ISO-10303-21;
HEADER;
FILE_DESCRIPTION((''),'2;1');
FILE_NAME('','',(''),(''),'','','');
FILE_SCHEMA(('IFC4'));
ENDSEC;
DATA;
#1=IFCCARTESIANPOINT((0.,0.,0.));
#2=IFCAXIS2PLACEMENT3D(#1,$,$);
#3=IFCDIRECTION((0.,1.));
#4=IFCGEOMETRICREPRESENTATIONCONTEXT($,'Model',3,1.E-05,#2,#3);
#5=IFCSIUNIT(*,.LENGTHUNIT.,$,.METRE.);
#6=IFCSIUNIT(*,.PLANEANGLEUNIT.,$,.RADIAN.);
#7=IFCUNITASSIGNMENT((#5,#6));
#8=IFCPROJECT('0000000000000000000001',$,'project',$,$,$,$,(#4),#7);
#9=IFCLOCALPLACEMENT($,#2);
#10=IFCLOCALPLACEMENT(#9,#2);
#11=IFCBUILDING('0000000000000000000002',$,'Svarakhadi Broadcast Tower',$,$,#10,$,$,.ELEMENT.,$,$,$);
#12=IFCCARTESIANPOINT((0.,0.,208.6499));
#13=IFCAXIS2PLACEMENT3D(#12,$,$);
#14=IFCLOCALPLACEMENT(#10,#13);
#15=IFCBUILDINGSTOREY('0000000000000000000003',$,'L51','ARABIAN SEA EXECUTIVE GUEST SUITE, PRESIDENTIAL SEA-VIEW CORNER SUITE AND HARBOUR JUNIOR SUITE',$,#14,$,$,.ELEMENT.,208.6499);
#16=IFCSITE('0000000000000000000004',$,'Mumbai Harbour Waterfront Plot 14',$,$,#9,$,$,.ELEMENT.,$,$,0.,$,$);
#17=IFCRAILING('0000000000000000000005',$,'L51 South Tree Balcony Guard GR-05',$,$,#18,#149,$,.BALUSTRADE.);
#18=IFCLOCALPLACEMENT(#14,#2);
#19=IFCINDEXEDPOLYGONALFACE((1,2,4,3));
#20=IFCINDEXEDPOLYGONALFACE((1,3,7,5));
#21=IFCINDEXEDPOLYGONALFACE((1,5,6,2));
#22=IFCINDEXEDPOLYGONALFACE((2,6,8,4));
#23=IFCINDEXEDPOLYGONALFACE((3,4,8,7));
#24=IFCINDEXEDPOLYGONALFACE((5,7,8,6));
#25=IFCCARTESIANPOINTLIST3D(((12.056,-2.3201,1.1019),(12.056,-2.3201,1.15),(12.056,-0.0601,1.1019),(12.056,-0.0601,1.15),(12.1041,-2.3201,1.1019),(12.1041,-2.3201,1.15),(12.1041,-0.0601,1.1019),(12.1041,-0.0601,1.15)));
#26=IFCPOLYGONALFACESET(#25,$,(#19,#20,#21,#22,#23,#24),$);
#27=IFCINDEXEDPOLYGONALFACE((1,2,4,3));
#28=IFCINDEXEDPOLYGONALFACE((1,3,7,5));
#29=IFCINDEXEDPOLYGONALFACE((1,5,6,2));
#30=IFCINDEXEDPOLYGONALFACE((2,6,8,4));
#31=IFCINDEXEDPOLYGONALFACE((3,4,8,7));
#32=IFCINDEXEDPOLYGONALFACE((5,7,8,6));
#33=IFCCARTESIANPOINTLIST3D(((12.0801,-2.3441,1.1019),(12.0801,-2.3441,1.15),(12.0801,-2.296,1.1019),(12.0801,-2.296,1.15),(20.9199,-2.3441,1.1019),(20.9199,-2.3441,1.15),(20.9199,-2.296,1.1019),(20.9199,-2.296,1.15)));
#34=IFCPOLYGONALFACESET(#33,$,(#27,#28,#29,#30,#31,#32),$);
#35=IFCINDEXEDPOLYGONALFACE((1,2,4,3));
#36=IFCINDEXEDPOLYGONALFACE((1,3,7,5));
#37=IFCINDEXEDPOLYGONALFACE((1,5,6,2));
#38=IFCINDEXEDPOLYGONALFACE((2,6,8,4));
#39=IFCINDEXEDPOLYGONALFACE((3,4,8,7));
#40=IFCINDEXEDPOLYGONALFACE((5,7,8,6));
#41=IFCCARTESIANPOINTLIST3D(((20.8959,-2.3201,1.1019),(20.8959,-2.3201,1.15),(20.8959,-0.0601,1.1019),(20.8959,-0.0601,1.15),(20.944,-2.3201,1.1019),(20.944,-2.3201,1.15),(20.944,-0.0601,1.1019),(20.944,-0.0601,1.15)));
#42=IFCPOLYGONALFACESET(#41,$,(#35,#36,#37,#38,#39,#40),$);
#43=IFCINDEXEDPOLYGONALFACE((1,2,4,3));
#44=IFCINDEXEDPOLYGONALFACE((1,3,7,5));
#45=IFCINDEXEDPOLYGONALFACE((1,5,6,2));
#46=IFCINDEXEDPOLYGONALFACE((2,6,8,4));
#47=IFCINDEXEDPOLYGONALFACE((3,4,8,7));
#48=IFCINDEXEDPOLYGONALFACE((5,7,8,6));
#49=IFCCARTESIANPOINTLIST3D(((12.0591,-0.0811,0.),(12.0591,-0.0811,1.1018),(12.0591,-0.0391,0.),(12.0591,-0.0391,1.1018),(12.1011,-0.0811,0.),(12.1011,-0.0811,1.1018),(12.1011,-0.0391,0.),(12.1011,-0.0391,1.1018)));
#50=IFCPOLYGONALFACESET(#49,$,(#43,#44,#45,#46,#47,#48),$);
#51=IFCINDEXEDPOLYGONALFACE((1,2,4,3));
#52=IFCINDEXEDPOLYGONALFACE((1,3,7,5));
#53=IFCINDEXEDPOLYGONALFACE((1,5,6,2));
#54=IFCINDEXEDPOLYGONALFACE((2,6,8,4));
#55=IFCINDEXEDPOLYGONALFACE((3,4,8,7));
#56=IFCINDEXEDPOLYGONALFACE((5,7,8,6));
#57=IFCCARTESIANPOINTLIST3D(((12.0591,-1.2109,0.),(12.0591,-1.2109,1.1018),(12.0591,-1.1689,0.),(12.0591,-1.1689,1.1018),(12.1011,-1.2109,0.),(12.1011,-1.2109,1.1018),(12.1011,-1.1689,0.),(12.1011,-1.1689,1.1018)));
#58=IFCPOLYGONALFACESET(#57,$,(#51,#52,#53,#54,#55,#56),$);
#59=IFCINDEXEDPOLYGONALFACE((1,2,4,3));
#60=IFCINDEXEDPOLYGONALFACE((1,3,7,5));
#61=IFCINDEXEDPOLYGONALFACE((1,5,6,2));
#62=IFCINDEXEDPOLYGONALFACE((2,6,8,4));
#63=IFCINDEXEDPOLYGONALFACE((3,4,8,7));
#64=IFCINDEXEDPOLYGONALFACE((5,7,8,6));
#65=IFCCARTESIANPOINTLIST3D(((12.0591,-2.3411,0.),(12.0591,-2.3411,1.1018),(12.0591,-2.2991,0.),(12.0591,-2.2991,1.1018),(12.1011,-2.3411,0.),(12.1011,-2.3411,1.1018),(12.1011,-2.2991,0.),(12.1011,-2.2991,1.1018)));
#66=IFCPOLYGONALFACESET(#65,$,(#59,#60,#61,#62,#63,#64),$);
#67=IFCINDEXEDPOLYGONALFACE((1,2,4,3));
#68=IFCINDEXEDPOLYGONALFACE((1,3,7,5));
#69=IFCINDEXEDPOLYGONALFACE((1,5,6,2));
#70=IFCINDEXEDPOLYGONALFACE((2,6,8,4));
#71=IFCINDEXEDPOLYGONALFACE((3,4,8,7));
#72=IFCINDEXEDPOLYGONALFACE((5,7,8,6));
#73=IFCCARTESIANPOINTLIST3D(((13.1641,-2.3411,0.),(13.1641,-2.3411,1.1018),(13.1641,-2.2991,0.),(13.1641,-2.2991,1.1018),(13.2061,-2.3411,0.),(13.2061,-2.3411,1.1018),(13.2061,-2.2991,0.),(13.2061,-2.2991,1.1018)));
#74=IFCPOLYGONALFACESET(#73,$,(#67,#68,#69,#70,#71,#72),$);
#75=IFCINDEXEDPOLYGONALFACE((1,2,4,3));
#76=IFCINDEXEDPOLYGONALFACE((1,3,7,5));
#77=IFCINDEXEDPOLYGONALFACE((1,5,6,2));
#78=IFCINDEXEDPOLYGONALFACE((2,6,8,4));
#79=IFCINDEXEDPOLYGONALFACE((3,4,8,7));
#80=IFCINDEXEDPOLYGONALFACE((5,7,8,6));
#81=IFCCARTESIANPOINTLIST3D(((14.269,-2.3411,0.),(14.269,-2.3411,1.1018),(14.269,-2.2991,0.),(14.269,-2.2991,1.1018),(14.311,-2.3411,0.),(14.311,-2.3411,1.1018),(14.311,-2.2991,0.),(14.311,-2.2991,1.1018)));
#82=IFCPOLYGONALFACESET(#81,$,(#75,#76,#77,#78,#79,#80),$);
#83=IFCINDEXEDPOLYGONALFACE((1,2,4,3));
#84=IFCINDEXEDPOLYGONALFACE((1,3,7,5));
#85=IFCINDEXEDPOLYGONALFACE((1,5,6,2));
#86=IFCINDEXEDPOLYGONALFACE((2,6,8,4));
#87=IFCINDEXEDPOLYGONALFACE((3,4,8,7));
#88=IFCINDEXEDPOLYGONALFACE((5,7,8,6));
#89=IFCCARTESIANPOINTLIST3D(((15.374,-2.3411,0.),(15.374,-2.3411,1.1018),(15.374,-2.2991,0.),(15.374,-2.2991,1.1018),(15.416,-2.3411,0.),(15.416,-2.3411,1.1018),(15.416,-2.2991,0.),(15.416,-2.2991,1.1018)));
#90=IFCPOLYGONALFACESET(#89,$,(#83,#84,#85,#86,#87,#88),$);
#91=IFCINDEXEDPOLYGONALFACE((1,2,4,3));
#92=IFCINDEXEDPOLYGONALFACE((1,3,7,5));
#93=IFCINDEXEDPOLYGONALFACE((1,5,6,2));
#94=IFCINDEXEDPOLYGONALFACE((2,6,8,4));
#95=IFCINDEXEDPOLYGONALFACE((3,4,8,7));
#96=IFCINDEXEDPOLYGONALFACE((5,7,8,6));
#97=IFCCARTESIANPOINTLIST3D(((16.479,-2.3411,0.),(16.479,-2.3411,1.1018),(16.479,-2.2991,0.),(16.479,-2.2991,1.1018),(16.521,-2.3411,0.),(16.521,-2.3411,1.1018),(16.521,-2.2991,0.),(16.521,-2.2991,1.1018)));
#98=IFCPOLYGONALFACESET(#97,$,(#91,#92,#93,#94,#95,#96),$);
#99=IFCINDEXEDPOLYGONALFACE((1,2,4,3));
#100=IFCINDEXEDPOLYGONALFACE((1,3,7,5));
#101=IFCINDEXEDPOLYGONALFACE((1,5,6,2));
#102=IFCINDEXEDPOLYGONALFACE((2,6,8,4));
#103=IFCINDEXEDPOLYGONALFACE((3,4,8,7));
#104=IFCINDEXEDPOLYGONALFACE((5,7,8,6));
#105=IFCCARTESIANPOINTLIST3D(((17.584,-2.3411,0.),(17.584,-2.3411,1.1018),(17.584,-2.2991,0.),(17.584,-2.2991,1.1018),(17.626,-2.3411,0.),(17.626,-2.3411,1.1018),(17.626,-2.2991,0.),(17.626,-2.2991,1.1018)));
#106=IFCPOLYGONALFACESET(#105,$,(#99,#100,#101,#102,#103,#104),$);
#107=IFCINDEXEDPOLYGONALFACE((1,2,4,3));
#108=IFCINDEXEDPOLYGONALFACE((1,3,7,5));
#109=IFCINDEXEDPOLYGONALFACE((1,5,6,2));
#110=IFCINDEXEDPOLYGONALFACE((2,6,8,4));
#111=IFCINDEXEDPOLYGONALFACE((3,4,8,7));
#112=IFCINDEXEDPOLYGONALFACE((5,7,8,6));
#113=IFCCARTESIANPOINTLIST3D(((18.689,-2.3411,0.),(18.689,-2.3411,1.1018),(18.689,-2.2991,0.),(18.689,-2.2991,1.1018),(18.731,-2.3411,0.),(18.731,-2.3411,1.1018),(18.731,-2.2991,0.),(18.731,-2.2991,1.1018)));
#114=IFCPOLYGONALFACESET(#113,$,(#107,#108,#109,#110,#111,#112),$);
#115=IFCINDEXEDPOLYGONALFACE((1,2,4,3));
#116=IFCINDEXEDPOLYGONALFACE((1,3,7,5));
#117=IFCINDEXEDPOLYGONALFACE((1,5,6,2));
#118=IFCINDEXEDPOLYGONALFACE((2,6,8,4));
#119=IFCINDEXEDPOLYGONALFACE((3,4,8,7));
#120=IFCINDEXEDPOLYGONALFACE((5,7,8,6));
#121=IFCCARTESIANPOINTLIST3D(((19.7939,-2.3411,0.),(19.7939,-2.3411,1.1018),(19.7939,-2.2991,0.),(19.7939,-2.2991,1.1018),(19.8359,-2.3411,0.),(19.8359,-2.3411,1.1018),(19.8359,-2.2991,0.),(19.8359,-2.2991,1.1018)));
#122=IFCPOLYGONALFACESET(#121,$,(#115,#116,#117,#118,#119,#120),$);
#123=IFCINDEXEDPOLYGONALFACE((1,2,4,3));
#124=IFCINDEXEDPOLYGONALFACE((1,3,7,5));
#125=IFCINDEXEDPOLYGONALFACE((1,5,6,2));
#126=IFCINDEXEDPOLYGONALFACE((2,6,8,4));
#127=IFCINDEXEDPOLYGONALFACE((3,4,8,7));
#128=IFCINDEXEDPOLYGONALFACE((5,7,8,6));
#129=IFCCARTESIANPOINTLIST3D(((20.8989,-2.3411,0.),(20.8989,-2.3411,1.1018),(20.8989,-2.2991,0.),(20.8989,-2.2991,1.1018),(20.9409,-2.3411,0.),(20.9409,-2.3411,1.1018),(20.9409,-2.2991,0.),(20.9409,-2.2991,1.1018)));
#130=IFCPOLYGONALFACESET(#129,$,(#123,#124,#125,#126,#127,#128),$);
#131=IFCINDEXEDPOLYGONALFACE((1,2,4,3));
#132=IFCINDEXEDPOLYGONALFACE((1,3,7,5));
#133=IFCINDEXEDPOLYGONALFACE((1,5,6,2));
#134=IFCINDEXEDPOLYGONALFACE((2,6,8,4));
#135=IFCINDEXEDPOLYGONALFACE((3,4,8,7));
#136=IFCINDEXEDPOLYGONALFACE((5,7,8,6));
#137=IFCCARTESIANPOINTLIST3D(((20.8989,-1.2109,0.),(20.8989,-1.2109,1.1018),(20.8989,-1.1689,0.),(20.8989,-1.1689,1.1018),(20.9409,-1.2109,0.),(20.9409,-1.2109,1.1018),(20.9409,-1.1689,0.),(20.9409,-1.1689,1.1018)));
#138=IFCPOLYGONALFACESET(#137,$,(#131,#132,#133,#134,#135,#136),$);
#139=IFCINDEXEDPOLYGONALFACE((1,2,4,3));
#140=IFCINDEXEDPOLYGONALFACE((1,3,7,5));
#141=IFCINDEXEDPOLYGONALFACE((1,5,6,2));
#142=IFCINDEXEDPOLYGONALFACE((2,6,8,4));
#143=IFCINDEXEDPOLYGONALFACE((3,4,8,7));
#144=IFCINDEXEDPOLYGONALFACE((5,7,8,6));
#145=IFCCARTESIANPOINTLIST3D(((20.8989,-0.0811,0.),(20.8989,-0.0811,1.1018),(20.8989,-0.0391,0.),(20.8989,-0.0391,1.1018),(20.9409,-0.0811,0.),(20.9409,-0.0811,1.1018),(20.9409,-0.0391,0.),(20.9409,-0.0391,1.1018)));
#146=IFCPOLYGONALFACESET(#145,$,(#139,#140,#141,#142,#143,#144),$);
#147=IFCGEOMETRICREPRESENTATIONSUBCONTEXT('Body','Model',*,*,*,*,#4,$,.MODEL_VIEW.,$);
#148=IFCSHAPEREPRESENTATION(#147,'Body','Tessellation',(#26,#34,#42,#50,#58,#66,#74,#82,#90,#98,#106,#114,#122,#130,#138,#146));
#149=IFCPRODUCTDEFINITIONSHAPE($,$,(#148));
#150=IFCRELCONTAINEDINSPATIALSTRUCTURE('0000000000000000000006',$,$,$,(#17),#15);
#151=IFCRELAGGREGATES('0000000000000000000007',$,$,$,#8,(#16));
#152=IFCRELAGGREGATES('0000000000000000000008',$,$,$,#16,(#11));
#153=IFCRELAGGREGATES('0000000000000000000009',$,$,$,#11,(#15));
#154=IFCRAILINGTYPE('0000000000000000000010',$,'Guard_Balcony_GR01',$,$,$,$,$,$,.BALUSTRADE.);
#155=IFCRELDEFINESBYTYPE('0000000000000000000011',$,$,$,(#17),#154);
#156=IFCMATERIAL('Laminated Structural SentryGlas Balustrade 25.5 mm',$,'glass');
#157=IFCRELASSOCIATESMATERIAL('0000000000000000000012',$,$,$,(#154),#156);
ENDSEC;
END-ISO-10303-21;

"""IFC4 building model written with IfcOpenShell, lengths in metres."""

from ifc_helpers import new_model, si_unit, direction, frame, origin, origin_2d, place, context, subcontext, project, spatial, rectangle, extrude, material, type_object, element, save


model = new_model("IFC4")

# Units and contexts
model_context = context("Model", 3, precision=1e-05, world=origin(), true_north=direction((0.0, 1.0)))
body_context = subcontext(model_context, "Body", "Model", "MODEL_VIEW")
ifc_project = project(units=[si_unit("LENGTHUNIT", "METRE"), si_unit("PLANEANGLEUNIT", "RADIAN")], contexts=[model_context])

# Site, building, storey
site_placement = place(None, origin())
site = spatial("IfcSite", under=ifc_project, at=site_placement, Name="Mumbai Harbour Waterfront Plot 14", CompositionType="ELEMENT", RefElevation=0.0)
building_placement = place(site_placement, origin())
building = spatial("IfcBuilding", under=site, at=building_placement, Name="Svarakhadi Broadcast Tower", CompositionType="ELEMENT")
storey_placement = place(building_placement, frame((0.0, 0.0, 208.6499)))
storey = spatial("IfcBuildingStorey", under=building, at=storey_placement, Name="L51", Description="ARABIAN SEA EXECUTIVE GUEST SUITE, PRESIDENTIAL SEA-VIEW CORNER SUITE AND HARBOUR JUNIOR SUITE", CompositionType="ELEMENT", Elevation=208.6499)

# Railing
ifc_material_1 = material(Name="Laminated Structural SentryGlas Balustrade 25.5 mm", Category="glass")
railing_type = type_object("IfcRailingType", Name="Guard_Balcony_GR01", PredefinedType="BALUSTRADE", material=ifc_material_1)
railing_placement = place(storey_placement, frame((12.0801, -0.0601, 0.0)))
element("IfcRailing", 1, at=railing_placement, inside=storey, type_object=railing_type, Name="L51 South Tree Balcony Guard GR-05", PredefinedType="BALUSTRADE", context=body_context, shape_type="SweptSolid", body=[
    extrude(rectangle(XDim=0.0481, YDim=0.0481, at=origin_2d()), frame((0.0, 0.0, 1.126), z_axis=(0.0, -1.0, 0.0), x_axis=(1.0, 0.0, 0.0)), (0.0, 0.0, 1.0), 2.26),
    extrude(rectangle(XDim=0.0481, YDim=0.0481, at=origin_2d()), frame((0.0, -2.26, 1.126), z_axis=(1.0, 0.0, 0.0), x_axis=(0.0, 1.0, 0.0)), (0.0, 0.0, 1.0), 8.8398),
    extrude(rectangle(XDim=0.0481, YDim=0.0481, at=origin_2d()), frame((8.8398, -2.26, 1.126), z_axis=(0.0, 1.0, 0.0), x_axis=(-1.0, 0.0, 0.0)), (0.0, 0.0, 1.0), 2.26),
    extrude(rectangle(XDim=0.042, YDim=0.042, at=origin_2d()), origin(), (0.0, 0.0, 1.0), 1.1018),
    extrude(rectangle(XDim=0.042, YDim=0.042, at=origin_2d()), frame((0.0, -1.1299, 0.0)), (0.0, 0.0, 1.0), 1.1018),
    extrude(rectangle(XDim=0.042, YDim=0.042, at=origin_2d()), frame((0.0, -2.26, 0.0)), (0.0, 0.0, 1.0), 1.1018),
    extrude(rectangle(XDim=0.042, YDim=0.042, at=origin_2d()), frame((1.105, -2.26, 0.0)), (0.0, 0.0, 1.0), 1.1018),
    extrude(rectangle(XDim=0.042, YDim=0.042, at=origin_2d()), frame((2.21, -2.26, 0.0)), (0.0, 0.0, 1.0), 1.1018),
    extrude(rectangle(XDim=0.042, YDim=0.042, at=origin_2d()), frame((3.3149, -2.26, 0.0)), (0.0, 0.0, 1.0), 1.1018),
    extrude(rectangle(XDim=0.042, YDim=0.042, at=origin_2d()), frame((4.4199, -2.26, 0.0)), (0.0, 0.0, 1.0), 1.1018),
    extrude(rectangle(XDim=0.042, YDim=0.042, at=origin_2d()), frame((5.5249, -2.26, 0.0)), (0.0, 0.0, 1.0), 1.1018),
    extrude(rectangle(XDim=0.042, YDim=0.042, at=origin_2d()), frame((6.6299, -2.26, 0.0)), (0.0, 0.0, 1.0), 1.1018),
    extrude(rectangle(XDim=0.042, YDim=0.042, at=origin_2d()), frame((7.7349, -2.26, 0.0)), (0.0, 0.0, 1.0), 1.1018),
    extrude(rectangle(XDim=0.042, YDim=0.042, at=origin_2d()), frame((8.8398, -2.26, 0.0)), (0.0, 0.0, 1.0), 1.1018),
    extrude(rectangle(XDim=0.042, YDim=0.042, at=origin_2d()), frame((8.8398, -1.1299, 0.0)), (0.0, 0.0, 1.0), 1.1018),
    extrude(rectangle(XDim=0.042, YDim=0.042, at=origin_2d()), frame((8.8398, 0.0, 0.0)), (0.0, 0.0, 1.0), 1.1018),
])

save(model, "model.ifc")
